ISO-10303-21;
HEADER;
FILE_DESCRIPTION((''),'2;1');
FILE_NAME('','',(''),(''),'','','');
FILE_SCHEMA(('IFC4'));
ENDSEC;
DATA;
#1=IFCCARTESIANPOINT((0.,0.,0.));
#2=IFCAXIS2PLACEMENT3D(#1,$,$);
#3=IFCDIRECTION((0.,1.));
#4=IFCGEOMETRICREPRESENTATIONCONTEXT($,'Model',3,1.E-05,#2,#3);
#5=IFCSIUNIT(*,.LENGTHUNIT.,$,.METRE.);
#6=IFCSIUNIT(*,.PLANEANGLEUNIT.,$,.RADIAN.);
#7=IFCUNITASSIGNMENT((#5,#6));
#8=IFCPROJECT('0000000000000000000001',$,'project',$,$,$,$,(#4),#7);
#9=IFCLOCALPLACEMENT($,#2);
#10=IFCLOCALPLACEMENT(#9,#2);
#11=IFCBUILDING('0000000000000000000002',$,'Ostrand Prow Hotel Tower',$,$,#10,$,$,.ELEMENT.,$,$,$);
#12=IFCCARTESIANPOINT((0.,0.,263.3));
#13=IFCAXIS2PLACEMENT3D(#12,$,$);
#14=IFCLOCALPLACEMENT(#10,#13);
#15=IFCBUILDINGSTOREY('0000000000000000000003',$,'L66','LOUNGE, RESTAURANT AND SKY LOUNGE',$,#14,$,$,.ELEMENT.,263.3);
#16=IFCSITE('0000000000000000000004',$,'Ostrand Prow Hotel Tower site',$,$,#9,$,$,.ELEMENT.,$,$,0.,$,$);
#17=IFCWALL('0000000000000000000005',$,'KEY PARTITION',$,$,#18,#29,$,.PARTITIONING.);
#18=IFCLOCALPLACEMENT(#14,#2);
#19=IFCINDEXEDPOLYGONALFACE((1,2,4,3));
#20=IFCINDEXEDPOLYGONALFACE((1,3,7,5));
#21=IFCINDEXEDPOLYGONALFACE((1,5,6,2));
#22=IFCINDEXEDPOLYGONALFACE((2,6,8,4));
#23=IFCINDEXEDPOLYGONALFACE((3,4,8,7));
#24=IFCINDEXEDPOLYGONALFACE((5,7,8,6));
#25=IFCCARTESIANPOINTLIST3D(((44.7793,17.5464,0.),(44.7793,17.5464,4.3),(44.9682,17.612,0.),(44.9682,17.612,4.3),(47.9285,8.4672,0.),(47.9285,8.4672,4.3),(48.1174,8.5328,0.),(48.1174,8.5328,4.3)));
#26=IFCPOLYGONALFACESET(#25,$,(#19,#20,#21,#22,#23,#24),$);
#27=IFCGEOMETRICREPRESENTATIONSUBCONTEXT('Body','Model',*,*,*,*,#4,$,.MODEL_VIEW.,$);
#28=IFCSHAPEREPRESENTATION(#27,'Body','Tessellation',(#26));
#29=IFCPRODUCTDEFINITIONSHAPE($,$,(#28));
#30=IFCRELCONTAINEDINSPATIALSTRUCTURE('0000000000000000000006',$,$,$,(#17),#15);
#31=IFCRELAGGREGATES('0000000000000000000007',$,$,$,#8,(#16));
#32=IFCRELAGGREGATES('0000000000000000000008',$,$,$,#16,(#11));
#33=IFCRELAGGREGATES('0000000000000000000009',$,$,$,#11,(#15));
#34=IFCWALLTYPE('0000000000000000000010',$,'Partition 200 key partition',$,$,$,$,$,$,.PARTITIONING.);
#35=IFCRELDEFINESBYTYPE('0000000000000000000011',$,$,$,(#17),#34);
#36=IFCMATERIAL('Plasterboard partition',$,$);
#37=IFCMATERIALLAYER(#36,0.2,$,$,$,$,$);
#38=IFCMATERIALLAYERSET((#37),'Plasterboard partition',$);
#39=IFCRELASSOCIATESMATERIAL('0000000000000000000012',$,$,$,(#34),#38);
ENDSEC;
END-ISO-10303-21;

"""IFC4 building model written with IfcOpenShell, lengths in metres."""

from ifc_helpers import new_model, si_unit, direction, frame, frame_2d, origin, place, context, subcontext, project, spatial, rectangle, extrude, material, layer, layer_set, type_object, element, save


model = new_model("IFC4")

# Units and contexts
model_context = context("Model", 3, precision=1e-05, world=origin(), true_north=direction((0.0, 1.0)))
body_context = subcontext(model_context, "Body", "Model", "MODEL_VIEW")
ifc_project = project(units=[si_unit("LENGTHUNIT", "METRE"), si_unit("PLANEANGLEUNIT", "RADIAN")], contexts=[model_context])

# Site, building, storey
site_placement = place(None, origin())
site = spatial("IfcSite", under=ifc_project, at=site_placement, Name="Ostrand Prow Hotel Tower site", CompositionType="ELEMENT", RefElevation=0.0)
building_placement = place(site_placement, origin())
building = spatial("IfcBuilding", under=site, at=building_placement, Name="Ostrand Prow Hotel Tower", CompositionType="ELEMENT")
storey_placement = place(building_placement, frame((0.0, 0.0, 263.3)))
storey = spatial("IfcBuildingStorey", under=building, at=storey_placement, Name="L66", Description="LOUNGE, RESTAURANT AND SKY LOUNGE", CompositionType="ELEMENT", Elevation=263.3)

# Wall
ifc_material_1 = material(Name="Plasterboard partition")
ifc_layer_1 = layer(ifc_material_1, 0.2)
ifc_layer_set_1 = layer_set([ifc_layer_1], Name="Plasterboard partition")
wall_type_1 = type_object("IfcWallType", Name="Partition 200 key partition", PredefinedType="PARTITIONING", material=ifc_layer_set_1)
wall_1_placement = place(storey_placement, frame((48.0229, 8.5, 0.0), z_axis=(0.0, 0.0, 1.0), x_axis=(-0.327706, 0.94478, 0.0)))
element("IfcWall", 1, at=wall_1_placement, inside=storey, type_object=wall_type_1, Name="KEY PARTITION", PredefinedType="PARTITIONING", context=body_context, shape_type="SweptSolid", body=[
    extrude(rectangle(XDim=9.6099, YDim=0.2, at=frame_2d((4.8049, 0.0))), origin(), (0.0, 0.0, 1.0), 4.3),
])

save(model, "model.ifc")
